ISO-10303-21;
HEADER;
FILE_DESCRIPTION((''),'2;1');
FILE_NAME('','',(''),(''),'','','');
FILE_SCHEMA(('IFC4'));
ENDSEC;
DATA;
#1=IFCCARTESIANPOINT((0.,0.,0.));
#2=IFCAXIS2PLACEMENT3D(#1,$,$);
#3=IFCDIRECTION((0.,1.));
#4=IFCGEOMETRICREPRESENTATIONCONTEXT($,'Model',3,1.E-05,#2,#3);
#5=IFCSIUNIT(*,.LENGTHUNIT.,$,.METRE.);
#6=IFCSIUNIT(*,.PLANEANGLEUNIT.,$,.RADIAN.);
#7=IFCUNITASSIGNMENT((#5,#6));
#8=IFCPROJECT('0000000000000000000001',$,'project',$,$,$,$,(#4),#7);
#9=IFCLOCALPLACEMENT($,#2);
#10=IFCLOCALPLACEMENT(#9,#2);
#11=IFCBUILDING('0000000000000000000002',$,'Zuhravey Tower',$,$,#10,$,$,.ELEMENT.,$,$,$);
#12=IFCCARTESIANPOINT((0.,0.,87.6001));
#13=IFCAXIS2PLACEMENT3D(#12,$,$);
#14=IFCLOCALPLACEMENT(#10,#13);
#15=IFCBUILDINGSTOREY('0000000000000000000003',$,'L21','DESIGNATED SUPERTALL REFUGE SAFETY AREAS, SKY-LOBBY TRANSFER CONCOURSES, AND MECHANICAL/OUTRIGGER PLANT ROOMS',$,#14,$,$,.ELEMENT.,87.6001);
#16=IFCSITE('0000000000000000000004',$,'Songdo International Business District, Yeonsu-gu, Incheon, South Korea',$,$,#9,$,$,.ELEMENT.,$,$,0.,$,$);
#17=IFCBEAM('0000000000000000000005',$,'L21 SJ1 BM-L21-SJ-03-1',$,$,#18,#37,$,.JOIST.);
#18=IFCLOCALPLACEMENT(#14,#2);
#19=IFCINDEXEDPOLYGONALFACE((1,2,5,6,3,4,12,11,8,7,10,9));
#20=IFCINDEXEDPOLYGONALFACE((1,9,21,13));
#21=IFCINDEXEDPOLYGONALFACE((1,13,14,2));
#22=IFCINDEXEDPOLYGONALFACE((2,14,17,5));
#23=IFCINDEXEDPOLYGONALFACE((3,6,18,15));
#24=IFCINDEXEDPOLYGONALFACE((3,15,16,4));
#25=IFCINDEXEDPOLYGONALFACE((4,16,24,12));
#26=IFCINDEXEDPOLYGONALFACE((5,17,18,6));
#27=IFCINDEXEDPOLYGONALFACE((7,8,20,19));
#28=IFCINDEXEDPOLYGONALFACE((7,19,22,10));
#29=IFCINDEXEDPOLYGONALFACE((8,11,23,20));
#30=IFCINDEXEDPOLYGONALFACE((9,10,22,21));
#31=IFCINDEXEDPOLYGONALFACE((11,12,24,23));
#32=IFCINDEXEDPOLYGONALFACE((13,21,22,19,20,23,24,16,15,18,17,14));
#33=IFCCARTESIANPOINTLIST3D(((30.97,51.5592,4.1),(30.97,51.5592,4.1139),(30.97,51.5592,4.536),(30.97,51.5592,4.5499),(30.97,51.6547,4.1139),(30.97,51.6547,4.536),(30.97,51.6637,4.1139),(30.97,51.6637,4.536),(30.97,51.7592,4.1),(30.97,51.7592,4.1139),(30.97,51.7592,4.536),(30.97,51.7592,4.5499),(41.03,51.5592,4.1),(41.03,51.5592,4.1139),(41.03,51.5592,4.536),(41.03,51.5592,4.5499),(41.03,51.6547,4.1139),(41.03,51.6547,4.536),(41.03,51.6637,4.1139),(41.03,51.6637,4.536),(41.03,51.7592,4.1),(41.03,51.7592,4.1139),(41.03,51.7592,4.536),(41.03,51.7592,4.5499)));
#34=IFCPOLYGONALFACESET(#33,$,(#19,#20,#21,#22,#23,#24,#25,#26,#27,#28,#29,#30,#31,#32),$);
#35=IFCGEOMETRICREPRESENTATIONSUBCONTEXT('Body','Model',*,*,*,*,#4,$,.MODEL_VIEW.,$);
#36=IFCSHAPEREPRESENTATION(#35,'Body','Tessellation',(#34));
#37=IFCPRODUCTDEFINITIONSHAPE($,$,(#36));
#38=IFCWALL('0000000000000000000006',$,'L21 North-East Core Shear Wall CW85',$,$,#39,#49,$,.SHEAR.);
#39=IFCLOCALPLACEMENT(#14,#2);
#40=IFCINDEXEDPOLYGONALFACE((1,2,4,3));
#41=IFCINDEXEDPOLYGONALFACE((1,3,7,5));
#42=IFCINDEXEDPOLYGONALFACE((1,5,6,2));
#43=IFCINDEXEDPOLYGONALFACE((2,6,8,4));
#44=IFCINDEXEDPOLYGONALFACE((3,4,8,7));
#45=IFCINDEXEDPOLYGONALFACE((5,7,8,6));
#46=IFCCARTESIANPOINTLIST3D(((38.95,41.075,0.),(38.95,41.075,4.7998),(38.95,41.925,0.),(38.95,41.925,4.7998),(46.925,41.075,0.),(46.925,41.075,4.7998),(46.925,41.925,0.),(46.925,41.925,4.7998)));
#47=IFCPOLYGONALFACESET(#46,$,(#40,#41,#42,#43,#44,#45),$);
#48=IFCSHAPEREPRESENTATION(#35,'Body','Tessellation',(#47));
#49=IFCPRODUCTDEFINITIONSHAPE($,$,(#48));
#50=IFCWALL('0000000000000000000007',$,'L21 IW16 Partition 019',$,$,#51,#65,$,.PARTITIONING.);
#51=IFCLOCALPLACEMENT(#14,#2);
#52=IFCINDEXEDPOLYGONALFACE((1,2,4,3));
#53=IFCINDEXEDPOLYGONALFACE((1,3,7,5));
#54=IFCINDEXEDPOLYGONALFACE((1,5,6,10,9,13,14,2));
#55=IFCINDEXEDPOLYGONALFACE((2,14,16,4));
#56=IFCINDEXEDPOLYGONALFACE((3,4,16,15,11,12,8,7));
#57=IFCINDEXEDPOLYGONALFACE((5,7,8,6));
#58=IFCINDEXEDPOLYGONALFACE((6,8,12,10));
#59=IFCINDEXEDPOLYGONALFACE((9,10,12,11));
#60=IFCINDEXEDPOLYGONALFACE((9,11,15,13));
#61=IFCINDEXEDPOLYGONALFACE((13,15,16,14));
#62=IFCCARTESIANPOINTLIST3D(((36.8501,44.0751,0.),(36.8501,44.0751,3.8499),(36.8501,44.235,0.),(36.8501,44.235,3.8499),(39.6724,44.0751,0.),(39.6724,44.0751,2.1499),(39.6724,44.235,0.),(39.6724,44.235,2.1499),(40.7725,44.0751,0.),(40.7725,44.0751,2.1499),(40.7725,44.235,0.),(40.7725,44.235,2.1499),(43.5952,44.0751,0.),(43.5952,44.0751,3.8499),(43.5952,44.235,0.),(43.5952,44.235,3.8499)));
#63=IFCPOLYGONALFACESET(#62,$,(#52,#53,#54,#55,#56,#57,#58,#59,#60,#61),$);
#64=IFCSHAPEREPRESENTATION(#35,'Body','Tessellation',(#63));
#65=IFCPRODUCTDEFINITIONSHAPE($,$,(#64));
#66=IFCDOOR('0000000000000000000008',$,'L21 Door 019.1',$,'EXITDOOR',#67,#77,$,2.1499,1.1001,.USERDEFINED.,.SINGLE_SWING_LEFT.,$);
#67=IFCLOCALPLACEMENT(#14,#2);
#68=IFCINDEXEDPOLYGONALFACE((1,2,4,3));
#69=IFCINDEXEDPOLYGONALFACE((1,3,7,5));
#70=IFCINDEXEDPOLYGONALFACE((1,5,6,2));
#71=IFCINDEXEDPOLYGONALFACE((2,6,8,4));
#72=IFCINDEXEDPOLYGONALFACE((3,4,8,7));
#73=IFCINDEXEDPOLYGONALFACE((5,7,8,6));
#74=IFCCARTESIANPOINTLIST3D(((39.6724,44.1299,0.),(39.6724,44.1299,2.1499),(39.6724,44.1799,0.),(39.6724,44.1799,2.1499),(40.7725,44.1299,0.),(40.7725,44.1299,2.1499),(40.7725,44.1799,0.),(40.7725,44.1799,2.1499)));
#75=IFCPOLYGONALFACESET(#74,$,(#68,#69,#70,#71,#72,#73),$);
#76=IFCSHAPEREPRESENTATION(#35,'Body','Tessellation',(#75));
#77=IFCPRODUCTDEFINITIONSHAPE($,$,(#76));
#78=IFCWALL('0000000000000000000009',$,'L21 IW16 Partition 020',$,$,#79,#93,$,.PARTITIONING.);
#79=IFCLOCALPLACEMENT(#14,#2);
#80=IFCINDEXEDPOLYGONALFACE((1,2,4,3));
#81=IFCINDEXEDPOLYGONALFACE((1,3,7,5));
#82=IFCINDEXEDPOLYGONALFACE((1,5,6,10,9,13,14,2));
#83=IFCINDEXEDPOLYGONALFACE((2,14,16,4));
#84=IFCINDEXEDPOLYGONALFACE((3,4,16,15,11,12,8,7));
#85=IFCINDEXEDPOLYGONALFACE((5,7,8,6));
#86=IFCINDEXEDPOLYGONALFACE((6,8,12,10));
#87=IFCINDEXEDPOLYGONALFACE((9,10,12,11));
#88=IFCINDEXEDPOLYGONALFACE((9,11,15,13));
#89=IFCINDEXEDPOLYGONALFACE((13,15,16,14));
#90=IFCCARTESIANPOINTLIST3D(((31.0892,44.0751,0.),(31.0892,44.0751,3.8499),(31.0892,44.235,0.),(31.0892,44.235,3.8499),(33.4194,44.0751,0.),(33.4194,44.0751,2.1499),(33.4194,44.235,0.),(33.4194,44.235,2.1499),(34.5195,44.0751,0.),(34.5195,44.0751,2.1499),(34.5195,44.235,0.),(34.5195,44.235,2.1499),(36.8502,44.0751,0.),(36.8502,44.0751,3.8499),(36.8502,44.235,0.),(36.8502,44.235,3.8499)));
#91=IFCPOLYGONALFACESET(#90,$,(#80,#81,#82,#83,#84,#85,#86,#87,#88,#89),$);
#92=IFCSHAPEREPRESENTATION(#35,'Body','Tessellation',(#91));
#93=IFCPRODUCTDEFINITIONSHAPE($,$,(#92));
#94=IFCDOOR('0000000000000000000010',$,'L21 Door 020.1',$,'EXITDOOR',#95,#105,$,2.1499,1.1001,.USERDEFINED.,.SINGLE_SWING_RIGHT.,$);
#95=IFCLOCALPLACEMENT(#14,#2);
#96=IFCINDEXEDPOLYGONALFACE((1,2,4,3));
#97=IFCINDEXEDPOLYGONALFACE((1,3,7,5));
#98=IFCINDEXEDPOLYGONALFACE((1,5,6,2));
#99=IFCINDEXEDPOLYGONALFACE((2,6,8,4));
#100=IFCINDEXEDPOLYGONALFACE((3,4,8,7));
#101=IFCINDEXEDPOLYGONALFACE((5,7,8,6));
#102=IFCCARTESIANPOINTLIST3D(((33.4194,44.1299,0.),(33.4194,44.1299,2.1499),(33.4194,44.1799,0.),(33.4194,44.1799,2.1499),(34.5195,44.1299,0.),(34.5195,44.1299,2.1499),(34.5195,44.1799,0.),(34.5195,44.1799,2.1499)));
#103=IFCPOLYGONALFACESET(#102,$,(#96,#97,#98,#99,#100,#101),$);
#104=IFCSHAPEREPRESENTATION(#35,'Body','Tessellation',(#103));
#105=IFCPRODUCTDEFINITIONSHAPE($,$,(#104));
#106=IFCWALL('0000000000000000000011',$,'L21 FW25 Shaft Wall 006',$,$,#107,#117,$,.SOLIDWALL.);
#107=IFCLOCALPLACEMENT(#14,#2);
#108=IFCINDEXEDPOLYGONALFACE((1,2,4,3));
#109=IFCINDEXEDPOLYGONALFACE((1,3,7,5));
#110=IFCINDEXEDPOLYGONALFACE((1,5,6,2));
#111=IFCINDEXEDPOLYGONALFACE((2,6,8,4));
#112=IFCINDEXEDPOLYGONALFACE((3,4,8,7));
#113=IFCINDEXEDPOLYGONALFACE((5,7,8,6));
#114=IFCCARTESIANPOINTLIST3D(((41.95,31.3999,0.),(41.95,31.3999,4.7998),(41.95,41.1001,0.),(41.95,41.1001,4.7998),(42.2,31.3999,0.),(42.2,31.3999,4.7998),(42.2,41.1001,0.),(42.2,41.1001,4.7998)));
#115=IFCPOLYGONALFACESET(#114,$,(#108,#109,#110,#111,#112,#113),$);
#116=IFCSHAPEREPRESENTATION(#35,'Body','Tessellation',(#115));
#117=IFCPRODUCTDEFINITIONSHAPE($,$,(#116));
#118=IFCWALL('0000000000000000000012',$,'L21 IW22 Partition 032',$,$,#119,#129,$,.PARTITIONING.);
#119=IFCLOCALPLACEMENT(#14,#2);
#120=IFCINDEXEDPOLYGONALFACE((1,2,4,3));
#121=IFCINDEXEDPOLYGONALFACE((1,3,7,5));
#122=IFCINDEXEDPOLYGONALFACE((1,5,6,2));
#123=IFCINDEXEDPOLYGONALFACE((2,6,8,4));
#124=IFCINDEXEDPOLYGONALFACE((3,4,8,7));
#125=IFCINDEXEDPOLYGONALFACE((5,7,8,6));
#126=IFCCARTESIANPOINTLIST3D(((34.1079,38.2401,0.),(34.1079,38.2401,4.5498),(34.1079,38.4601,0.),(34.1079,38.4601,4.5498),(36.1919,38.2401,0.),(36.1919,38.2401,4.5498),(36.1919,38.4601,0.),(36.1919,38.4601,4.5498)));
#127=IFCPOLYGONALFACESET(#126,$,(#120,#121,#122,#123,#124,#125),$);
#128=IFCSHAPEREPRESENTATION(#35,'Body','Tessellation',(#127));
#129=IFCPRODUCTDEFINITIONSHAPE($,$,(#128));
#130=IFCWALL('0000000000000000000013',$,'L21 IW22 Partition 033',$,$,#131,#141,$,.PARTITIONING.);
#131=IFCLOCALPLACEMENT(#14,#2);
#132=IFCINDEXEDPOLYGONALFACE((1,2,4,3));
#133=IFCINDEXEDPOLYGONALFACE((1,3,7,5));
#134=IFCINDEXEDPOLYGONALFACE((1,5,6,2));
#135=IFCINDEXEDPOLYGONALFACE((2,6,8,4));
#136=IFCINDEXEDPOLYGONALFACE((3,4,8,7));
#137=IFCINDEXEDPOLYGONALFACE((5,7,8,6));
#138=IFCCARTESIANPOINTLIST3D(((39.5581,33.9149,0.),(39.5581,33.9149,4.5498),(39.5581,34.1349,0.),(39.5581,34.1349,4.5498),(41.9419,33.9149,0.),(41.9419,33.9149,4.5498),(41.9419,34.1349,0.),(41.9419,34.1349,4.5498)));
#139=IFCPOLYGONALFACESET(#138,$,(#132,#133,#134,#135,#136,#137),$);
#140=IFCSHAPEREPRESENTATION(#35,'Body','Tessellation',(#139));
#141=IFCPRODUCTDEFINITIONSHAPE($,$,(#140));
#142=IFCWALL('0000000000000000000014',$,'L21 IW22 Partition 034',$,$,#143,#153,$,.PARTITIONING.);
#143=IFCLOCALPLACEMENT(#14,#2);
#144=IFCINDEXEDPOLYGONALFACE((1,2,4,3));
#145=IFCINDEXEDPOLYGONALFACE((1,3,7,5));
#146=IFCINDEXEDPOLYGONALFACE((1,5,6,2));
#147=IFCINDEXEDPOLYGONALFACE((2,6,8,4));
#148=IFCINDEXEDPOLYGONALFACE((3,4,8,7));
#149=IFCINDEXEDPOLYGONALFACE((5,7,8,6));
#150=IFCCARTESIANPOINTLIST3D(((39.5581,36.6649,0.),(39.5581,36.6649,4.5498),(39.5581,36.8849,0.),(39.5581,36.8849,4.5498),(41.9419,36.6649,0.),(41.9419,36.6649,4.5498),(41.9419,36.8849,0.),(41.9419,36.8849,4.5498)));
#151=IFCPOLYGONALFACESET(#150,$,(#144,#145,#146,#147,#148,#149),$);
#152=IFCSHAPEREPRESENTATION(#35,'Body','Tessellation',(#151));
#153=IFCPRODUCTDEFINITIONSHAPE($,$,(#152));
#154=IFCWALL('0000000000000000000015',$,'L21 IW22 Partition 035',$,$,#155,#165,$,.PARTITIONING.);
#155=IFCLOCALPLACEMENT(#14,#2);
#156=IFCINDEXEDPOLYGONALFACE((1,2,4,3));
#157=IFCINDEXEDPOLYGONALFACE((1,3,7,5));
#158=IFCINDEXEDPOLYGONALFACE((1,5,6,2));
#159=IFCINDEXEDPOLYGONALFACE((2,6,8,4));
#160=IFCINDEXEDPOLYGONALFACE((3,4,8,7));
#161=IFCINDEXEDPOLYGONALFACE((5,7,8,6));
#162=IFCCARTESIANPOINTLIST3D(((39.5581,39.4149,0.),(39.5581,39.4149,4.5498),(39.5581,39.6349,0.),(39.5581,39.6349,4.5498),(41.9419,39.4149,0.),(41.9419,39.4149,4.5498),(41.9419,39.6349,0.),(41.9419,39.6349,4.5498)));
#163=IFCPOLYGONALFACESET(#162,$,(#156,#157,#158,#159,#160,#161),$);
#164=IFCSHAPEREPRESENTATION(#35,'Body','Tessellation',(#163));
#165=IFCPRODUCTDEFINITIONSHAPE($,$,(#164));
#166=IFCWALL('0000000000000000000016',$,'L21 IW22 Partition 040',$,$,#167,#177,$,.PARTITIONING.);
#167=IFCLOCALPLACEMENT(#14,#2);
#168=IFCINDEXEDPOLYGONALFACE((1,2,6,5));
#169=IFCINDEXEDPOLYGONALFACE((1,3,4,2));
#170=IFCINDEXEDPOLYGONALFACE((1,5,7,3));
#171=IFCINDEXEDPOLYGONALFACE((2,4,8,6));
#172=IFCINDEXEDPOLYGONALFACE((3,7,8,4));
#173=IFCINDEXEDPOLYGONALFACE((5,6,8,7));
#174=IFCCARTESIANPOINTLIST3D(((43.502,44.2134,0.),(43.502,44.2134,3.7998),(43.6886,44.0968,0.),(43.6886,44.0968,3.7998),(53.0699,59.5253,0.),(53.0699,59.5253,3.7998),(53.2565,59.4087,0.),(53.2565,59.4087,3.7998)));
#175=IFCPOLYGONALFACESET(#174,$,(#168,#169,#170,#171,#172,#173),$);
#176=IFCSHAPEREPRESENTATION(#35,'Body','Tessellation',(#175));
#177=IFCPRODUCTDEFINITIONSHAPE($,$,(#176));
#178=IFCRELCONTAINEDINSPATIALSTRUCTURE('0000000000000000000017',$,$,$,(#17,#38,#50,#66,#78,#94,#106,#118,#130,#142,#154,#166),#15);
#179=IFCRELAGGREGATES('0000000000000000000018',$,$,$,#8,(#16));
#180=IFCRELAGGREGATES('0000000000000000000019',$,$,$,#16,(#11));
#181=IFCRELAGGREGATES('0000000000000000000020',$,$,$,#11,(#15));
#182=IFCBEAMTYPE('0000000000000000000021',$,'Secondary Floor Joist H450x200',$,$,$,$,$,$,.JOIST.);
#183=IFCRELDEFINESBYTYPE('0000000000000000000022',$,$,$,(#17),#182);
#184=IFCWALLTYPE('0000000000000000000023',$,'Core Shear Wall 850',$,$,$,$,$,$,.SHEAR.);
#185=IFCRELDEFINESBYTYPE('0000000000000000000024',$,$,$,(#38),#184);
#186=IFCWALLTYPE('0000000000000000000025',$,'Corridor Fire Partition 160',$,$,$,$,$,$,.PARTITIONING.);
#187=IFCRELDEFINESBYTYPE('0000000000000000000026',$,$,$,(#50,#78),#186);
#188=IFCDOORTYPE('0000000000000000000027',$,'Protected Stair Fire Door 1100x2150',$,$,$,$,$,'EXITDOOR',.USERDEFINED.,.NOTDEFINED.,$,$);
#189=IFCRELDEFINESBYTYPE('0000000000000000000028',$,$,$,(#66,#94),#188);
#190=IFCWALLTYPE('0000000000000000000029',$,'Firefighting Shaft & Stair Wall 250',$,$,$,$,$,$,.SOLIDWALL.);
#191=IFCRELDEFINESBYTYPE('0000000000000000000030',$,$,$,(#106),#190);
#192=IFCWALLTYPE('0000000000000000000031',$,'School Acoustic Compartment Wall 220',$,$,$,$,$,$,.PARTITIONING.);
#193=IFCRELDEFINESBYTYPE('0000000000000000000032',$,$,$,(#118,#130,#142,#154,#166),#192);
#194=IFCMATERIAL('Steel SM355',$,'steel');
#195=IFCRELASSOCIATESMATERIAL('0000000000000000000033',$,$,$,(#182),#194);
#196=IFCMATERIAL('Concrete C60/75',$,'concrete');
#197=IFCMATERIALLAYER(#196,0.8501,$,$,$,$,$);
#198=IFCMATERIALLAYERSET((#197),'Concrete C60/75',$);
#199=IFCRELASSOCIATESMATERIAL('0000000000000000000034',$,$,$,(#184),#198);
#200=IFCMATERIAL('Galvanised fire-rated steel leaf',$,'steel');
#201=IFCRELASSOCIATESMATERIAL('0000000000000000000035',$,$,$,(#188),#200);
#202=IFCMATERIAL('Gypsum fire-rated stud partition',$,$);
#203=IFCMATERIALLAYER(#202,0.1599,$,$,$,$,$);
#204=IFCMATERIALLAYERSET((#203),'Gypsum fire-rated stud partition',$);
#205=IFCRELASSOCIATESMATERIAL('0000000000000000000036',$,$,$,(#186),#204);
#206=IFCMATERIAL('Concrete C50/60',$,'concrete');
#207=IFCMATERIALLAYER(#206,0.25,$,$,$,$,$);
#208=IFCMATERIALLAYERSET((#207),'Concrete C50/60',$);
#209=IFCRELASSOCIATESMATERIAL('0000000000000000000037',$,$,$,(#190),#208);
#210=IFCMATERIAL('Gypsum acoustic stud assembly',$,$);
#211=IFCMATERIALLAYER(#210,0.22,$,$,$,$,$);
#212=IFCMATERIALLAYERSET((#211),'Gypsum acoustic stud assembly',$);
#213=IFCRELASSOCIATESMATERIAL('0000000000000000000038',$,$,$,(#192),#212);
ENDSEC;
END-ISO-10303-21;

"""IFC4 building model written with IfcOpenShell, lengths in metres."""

from ifc_helpers import new_model, si_unit, direction, frame, frame_2d, origin, origin_2d, place, context, subcontext, project, spatial, rectangle, i_section, extrude, material, layer, layer_set, material_profile, profile_set, type_object, element, fill, save


model = new_model("IFC4")

# Units and contexts
model_context = context("Model", 3, precision=1e-05, world=origin(), true_north=direction((0.0, 1.0)))
body_context = subcontext(model_context, "Body", "Model", "MODEL_VIEW")
ifc_project = project(units=[si_unit("LENGTHUNIT", "METRE"), si_unit("PLANEANGLEUNIT", "RADIAN")], contexts=[model_context])

# Site, building, storey
site_placement = place(None, origin())
site = spatial("IfcSite", under=ifc_project, at=site_placement, Name="Songdo International Business District, Yeonsu-gu, Incheon, South Korea", CompositionType="ELEMENT", RefElevation=0.0)
building_placement = place(site_placement, origin())
building = spatial("IfcBuilding", under=site, at=building_placement, Name="Zuhravey Tower", CompositionType="ELEMENT")
storey_placement = place(building_placement, frame((0.0, 0.0, 87.6001)))
storey = spatial("IfcBuildingStorey", under=building, at=storey_placement, Name="L21", Description="DESIGNATED SUPERTALL REFUGE SAFETY AREAS, SKY-LOBBY TRANSFER CONCOURSES, AND MECHANICAL/OUTRIGGER PLANT ROOMS", CompositionType="ELEMENT", Elevation=87.6001)

# Shared definitions
ifc_material_1 = material(Name="Concrete C60/75", Category="concrete")

# Shared definitions
ifc_material_2 = material(Name="Steel SM355", Category="steel")

# Beam
ifc_material_profile_1 = material_profile(ifc_material_2, i_section(OverallWidth=0.2, OverallDepth=0.45, WebThickness=0.009, FlangeThickness=0.0139, at=origin_2d()), Name="H-450x200x9x14")
ifc_profile_set_1 = profile_set([ifc_material_profile_1], Name="Steel SM355")
beam_type_1 = type_object("IfcBeamType", Name="Secondary Floor Joist H450x200", PredefinedType="JOIST", material=ifc_profile_set_1)
beam_1_placement = place(storey_placement, frame((41.03, 51.6592, 4.325), z_axis=(-1.0, 0.0, 0.0), x_axis=(0.0, -1.0, 0.0)))
element("IfcBeam", 1, at=beam_1_placement, inside=storey, type_object=beam_type_1, Name="L21 SJ1 BM-L21-SJ-03-1", PredefinedType="JOIST", context=body_context, shape_type="SweptSolid", body=[
    extrude(i_section(OverallWidth=0.2, OverallDepth=0.45, WebThickness=0.009, FlangeThickness=0.0139, at=origin_2d()), origin(), (0.0, 0.0, 1.0), 10.0601),
])

# Wall
ifc_layer_1 = layer(ifc_material_1, 0.8501)
ifc_layer_set_1 = layer_set([ifc_layer_1], Name="Concrete C60/75")
wall_type_1 = type_object("IfcWallType", Name="Core Shear Wall 850", PredefinedType="SHEAR", material=ifc_layer_set_1)
wall_1_placement = place(storey_placement, frame((46.925, 41.5, 0.0), z_axis=(0.0, 0.0, 1.0), x_axis=(-1.0, 0.0, 0.0)))
element("IfcWall", 2, at=wall_1_placement, inside=storey, type_object=wall_type_1, Name="L21 North-East Core Shear Wall CW85", PredefinedType="SHEAR", context=body_context, shape_type="SweptSolid", body=[
    extrude(rectangle(XDim=7.9751, YDim=0.8501, at=frame_2d((3.9875, 0.0))), origin(), (0.0, 0.0, 1.0), 4.7998),
])

# Walls, openings, doors
ifc_material_3 = material(Name="Galvanised fire-rated steel leaf", Category="steel")
door_type_1 = type_object("IfcDoorType", Name="Protected Stair Fire Door 1100x2150", ElementType="EXITDOOR", OperationType="NOTDEFINED", PredefinedType="USERDEFINED", material=ifc_material_3)
ifc_material_4 = material(Name="Gypsum fire-rated stud partition")
ifc_layer_2 = layer(ifc_material_4, 0.1599)
ifc_layer_set_2 = layer_set([ifc_layer_2], Name="Gypsum fire-rated stud partition")
wall_type_2 = type_object("IfcWallType", Name="Corridor Fire Partition 160", PredefinedType="PARTITIONING", material=ifc_layer_set_2)
wall_2_placement = place(storey_placement, frame((43.5952, 44.155, 0.0), z_axis=(0.0, 0.0, 1.0), x_axis=(-1.0, 0.0, 0.0)))
wall_2 = element("IfcWall", 3, at=wall_2_placement, inside=storey, type_object=wall_type_2, Name="L21 IW16 Partition 019", PredefinedType="PARTITIONING", context=body_context, shape_type="SweptSolid", body=[
    extrude(rectangle(XDim=6.7451, YDim=0.1599, at=frame_2d((3.3726, 0.0))), origin(), (0.0, 0.0, 1.0), 3.8499),
])
opening_1_placement = place(wall_2_placement, frame((2.8228, 0.0, 0.0)))
opening_1 = element("IfcOpeningElement", 4, at=opening_1_placement, cuts=wall_2, PredefinedType="OPENING", context=body_context, shape_type="SweptSolid", body=[
    extrude(rectangle(XDim=1.1001, YDim=2.1499, at=frame_2d((0.55, 1.075))), frame((0.0, 0.092, 0.0), z_axis=(0.0, -1.0, 0.0), x_axis=(1.0, 0.0, 0.0)), (0.0, 0.0, 1.0), 0.1838),
])
door_1_placement = place(opening_1_placement, frame((1.1001, 0.0, 0.0), z_axis=(0.0, 0.0, 1.0), x_axis=(-1.0, 0.0, 0.0)))
door_1 = element("IfcDoor", 5, at=door_1_placement, inside=storey, type_object=door_type_1, Name="L21 Door 019.1", ObjectType="EXITDOOR", OperationType="SINGLE_SWING_LEFT", OverallHeight=2.1499, OverallWidth=1.1001, PredefinedType="USERDEFINED", context=body_context, shape_type="SweptSolid", body=[
    extrude(rectangle(XDim=1.1001, YDim=2.1499, at=frame_2d((0.55, 1.075))), frame((0.0, 0.0249, 0.0), z_axis=(0.0, -1.0, 0.0), x_axis=(1.0, 0.0, 0.0)), (0.0, 0.0, 1.0), 0.05),
])
fill(opening_1, door_1)
wall_3_placement = place(storey_placement, frame((36.8501, 44.155, 0.0), z_axis=(0.0, 0.0, 1.0), x_axis=(-1.0, 0.0, 0.0)))
wall_3 = element("IfcWall", 6, at=wall_3_placement, inside=storey, type_object=wall_type_2, Name="L21 IW16 Partition 020", PredefinedType="PARTITIONING", context=body_context, shape_type="SweptSolid", body=[
    extrude(rectangle(XDim=5.761, YDim=0.1599, at=frame_2d((2.8804, 0.0))), origin(), (0.0, 0.0, 1.0), 3.8499),
])
opening_2_placement = place(wall_3_placement, frame((2.3306, 0.0, 0.0)))
opening_2 = element("IfcOpeningElement", 7, at=opening_2_placement, cuts=wall_3, PredefinedType="OPENING", context=body_context, shape_type="SweptSolid", body=[
    extrude(rectangle(XDim=1.1001, YDim=2.1499, at=frame_2d((0.55, 1.075))), frame((0.0, 0.092, 0.0), z_axis=(0.0, -1.0, 0.0), x_axis=(1.0, 0.0, 0.0)), (0.0, 0.0, 1.0), 0.1838),
])
door_2_placement = place(opening_2_placement, frame((1.1001, 0.0, 0.0), z_axis=(0.0, 0.0, 1.0), x_axis=(-1.0, 0.0, 0.0)))
door_2 = element("IfcDoor", 8, at=door_2_placement, inside=storey, type_object=door_type_1, Name="L21 Door 020.1", ObjectType="EXITDOOR", OperationType="SINGLE_SWING_RIGHT", OverallHeight=2.1499, OverallWidth=1.1001, PredefinedType="USERDEFINED", context=body_context, shape_type="SweptSolid", body=[
    extrude(rectangle(XDim=1.1001, YDim=2.1499, at=frame_2d((0.55, 1.075))), frame((0.0, 0.0249, 0.0), z_axis=(0.0, -1.0, 0.0), x_axis=(1.0, 0.0, 0.0)), (0.0, 0.0, 1.0), 0.05),
])
fill(opening_2, door_2)
ifc_material_5 = material(Name="Concrete C50/60", Category="concrete")
ifc_layer_3 = layer(ifc_material_5, 0.25)
ifc_layer_set_3 = layer_set([ifc_layer_3], Name="Concrete C50/60")
wall_type_3 = type_object("IfcWallType", Name="Firefighting Shaft & Stair Wall 250", PredefinedType="SOLIDWALL", material=ifc_layer_set_3)

# Walls
wall_4_placement = place(storey_placement, frame((42.075, 31.3999, 0.0), z_axis=(0.0, 0.0, 1.0), x_axis=(0.0, 1.0, 0.0)))
element("IfcWall", 9, at=wall_4_placement, inside=storey, type_object=wall_type_3, Name="L21 FW25 Shaft Wall 006", PredefinedType="SOLIDWALL", context=body_context, shape_type="SweptSolid", body=[
    extrude(rectangle(XDim=9.7002, YDim=0.25, at=frame_2d((4.8501, 0.0))), origin(), (0.0, 0.0, 1.0), 4.7998),
])
ifc_material_6 = material(Name="Gypsum acoustic stud assembly")
ifc_layer_4 = layer(ifc_material_6, 0.22)
ifc_layer_set_4 = layer_set([ifc_layer_4], Name="Gypsum acoustic stud assembly")
wall_type_4 = type_object("IfcWallType", Name="School Acoustic Compartment Wall 220", PredefinedType="PARTITIONING", material=ifc_layer_set_4)
wall_5_placement = place(storey_placement, frame((34.1079, 38.3501, 0.0), z_axis=(0.0, 0.0, 1.0), x_axis=(1.0, 0.0, 0.0)))
element("IfcWall", 10, at=wall_5_placement, inside=storey, type_object=wall_type_4, Name="L21 IW22 Partition 032", PredefinedType="PARTITIONING", context=body_context, shape_type="SweptSolid", body=[
    extrude(rectangle(XDim=2.084, YDim=0.22, at=frame_2d((1.042, 0.0))), origin(), (0.0, 0.0, 1.0), 4.5498),
])
for number, where, z_axis, x_axis, name in (
    (11, (39.5581, 34.0249, 0.0), (0.0, 0.0, 1.0), (1.0, 0.0, 0.0), "L21 IW22 Partition 033"),
    (12, (39.5581, 36.7749, 0.0), (0.0, 0.0, 1.0), (1.0, 0.0, 0.0), "L21 IW22 Partition 034"),
    (13, (39.5581, 39.5249, 0.0), (0.0, 0.0, 1.0), (1.0, 0.0, 0.0), "L21 IW22 Partition 035"),
):
    element("IfcWall", number, at=place(storey_placement, frame(where, z_axis=z_axis, x_axis=x_axis)), inside=storey, type_object=wall_type_4, Name=name, PredefinedType="PARTITIONING", context=body_context, shape_type="SweptSolid", body=[
        extrude(rectangle(XDim=2.3838, YDim=0.22, at=frame_2d((1.1919, 0.0))), origin(), (0.0, 0.0, 1.0), 4.5498),
    ])
wall_6_placement = place(storey_placement, frame((43.5952, 44.155, 0.0), z_axis=(0.0, 0.0, 1.0), x_axis=(0.52992, 0.848048, 0.0)))
element("IfcWall", 14, at=wall_6_placement, inside=storey, type_object=wall_type_4, Name="L21 IW22 Partition 040", PredefinedType="PARTITIONING", context=body_context, shape_type="SweptSolid", body=[
    extrude(rectangle(XDim=18.0554, YDim=0.22, at=frame_2d((9.0278, 0.0))), origin(), (0.0, 0.0, 1.0), 3.7998),
])

save(model, "model.ifc")
